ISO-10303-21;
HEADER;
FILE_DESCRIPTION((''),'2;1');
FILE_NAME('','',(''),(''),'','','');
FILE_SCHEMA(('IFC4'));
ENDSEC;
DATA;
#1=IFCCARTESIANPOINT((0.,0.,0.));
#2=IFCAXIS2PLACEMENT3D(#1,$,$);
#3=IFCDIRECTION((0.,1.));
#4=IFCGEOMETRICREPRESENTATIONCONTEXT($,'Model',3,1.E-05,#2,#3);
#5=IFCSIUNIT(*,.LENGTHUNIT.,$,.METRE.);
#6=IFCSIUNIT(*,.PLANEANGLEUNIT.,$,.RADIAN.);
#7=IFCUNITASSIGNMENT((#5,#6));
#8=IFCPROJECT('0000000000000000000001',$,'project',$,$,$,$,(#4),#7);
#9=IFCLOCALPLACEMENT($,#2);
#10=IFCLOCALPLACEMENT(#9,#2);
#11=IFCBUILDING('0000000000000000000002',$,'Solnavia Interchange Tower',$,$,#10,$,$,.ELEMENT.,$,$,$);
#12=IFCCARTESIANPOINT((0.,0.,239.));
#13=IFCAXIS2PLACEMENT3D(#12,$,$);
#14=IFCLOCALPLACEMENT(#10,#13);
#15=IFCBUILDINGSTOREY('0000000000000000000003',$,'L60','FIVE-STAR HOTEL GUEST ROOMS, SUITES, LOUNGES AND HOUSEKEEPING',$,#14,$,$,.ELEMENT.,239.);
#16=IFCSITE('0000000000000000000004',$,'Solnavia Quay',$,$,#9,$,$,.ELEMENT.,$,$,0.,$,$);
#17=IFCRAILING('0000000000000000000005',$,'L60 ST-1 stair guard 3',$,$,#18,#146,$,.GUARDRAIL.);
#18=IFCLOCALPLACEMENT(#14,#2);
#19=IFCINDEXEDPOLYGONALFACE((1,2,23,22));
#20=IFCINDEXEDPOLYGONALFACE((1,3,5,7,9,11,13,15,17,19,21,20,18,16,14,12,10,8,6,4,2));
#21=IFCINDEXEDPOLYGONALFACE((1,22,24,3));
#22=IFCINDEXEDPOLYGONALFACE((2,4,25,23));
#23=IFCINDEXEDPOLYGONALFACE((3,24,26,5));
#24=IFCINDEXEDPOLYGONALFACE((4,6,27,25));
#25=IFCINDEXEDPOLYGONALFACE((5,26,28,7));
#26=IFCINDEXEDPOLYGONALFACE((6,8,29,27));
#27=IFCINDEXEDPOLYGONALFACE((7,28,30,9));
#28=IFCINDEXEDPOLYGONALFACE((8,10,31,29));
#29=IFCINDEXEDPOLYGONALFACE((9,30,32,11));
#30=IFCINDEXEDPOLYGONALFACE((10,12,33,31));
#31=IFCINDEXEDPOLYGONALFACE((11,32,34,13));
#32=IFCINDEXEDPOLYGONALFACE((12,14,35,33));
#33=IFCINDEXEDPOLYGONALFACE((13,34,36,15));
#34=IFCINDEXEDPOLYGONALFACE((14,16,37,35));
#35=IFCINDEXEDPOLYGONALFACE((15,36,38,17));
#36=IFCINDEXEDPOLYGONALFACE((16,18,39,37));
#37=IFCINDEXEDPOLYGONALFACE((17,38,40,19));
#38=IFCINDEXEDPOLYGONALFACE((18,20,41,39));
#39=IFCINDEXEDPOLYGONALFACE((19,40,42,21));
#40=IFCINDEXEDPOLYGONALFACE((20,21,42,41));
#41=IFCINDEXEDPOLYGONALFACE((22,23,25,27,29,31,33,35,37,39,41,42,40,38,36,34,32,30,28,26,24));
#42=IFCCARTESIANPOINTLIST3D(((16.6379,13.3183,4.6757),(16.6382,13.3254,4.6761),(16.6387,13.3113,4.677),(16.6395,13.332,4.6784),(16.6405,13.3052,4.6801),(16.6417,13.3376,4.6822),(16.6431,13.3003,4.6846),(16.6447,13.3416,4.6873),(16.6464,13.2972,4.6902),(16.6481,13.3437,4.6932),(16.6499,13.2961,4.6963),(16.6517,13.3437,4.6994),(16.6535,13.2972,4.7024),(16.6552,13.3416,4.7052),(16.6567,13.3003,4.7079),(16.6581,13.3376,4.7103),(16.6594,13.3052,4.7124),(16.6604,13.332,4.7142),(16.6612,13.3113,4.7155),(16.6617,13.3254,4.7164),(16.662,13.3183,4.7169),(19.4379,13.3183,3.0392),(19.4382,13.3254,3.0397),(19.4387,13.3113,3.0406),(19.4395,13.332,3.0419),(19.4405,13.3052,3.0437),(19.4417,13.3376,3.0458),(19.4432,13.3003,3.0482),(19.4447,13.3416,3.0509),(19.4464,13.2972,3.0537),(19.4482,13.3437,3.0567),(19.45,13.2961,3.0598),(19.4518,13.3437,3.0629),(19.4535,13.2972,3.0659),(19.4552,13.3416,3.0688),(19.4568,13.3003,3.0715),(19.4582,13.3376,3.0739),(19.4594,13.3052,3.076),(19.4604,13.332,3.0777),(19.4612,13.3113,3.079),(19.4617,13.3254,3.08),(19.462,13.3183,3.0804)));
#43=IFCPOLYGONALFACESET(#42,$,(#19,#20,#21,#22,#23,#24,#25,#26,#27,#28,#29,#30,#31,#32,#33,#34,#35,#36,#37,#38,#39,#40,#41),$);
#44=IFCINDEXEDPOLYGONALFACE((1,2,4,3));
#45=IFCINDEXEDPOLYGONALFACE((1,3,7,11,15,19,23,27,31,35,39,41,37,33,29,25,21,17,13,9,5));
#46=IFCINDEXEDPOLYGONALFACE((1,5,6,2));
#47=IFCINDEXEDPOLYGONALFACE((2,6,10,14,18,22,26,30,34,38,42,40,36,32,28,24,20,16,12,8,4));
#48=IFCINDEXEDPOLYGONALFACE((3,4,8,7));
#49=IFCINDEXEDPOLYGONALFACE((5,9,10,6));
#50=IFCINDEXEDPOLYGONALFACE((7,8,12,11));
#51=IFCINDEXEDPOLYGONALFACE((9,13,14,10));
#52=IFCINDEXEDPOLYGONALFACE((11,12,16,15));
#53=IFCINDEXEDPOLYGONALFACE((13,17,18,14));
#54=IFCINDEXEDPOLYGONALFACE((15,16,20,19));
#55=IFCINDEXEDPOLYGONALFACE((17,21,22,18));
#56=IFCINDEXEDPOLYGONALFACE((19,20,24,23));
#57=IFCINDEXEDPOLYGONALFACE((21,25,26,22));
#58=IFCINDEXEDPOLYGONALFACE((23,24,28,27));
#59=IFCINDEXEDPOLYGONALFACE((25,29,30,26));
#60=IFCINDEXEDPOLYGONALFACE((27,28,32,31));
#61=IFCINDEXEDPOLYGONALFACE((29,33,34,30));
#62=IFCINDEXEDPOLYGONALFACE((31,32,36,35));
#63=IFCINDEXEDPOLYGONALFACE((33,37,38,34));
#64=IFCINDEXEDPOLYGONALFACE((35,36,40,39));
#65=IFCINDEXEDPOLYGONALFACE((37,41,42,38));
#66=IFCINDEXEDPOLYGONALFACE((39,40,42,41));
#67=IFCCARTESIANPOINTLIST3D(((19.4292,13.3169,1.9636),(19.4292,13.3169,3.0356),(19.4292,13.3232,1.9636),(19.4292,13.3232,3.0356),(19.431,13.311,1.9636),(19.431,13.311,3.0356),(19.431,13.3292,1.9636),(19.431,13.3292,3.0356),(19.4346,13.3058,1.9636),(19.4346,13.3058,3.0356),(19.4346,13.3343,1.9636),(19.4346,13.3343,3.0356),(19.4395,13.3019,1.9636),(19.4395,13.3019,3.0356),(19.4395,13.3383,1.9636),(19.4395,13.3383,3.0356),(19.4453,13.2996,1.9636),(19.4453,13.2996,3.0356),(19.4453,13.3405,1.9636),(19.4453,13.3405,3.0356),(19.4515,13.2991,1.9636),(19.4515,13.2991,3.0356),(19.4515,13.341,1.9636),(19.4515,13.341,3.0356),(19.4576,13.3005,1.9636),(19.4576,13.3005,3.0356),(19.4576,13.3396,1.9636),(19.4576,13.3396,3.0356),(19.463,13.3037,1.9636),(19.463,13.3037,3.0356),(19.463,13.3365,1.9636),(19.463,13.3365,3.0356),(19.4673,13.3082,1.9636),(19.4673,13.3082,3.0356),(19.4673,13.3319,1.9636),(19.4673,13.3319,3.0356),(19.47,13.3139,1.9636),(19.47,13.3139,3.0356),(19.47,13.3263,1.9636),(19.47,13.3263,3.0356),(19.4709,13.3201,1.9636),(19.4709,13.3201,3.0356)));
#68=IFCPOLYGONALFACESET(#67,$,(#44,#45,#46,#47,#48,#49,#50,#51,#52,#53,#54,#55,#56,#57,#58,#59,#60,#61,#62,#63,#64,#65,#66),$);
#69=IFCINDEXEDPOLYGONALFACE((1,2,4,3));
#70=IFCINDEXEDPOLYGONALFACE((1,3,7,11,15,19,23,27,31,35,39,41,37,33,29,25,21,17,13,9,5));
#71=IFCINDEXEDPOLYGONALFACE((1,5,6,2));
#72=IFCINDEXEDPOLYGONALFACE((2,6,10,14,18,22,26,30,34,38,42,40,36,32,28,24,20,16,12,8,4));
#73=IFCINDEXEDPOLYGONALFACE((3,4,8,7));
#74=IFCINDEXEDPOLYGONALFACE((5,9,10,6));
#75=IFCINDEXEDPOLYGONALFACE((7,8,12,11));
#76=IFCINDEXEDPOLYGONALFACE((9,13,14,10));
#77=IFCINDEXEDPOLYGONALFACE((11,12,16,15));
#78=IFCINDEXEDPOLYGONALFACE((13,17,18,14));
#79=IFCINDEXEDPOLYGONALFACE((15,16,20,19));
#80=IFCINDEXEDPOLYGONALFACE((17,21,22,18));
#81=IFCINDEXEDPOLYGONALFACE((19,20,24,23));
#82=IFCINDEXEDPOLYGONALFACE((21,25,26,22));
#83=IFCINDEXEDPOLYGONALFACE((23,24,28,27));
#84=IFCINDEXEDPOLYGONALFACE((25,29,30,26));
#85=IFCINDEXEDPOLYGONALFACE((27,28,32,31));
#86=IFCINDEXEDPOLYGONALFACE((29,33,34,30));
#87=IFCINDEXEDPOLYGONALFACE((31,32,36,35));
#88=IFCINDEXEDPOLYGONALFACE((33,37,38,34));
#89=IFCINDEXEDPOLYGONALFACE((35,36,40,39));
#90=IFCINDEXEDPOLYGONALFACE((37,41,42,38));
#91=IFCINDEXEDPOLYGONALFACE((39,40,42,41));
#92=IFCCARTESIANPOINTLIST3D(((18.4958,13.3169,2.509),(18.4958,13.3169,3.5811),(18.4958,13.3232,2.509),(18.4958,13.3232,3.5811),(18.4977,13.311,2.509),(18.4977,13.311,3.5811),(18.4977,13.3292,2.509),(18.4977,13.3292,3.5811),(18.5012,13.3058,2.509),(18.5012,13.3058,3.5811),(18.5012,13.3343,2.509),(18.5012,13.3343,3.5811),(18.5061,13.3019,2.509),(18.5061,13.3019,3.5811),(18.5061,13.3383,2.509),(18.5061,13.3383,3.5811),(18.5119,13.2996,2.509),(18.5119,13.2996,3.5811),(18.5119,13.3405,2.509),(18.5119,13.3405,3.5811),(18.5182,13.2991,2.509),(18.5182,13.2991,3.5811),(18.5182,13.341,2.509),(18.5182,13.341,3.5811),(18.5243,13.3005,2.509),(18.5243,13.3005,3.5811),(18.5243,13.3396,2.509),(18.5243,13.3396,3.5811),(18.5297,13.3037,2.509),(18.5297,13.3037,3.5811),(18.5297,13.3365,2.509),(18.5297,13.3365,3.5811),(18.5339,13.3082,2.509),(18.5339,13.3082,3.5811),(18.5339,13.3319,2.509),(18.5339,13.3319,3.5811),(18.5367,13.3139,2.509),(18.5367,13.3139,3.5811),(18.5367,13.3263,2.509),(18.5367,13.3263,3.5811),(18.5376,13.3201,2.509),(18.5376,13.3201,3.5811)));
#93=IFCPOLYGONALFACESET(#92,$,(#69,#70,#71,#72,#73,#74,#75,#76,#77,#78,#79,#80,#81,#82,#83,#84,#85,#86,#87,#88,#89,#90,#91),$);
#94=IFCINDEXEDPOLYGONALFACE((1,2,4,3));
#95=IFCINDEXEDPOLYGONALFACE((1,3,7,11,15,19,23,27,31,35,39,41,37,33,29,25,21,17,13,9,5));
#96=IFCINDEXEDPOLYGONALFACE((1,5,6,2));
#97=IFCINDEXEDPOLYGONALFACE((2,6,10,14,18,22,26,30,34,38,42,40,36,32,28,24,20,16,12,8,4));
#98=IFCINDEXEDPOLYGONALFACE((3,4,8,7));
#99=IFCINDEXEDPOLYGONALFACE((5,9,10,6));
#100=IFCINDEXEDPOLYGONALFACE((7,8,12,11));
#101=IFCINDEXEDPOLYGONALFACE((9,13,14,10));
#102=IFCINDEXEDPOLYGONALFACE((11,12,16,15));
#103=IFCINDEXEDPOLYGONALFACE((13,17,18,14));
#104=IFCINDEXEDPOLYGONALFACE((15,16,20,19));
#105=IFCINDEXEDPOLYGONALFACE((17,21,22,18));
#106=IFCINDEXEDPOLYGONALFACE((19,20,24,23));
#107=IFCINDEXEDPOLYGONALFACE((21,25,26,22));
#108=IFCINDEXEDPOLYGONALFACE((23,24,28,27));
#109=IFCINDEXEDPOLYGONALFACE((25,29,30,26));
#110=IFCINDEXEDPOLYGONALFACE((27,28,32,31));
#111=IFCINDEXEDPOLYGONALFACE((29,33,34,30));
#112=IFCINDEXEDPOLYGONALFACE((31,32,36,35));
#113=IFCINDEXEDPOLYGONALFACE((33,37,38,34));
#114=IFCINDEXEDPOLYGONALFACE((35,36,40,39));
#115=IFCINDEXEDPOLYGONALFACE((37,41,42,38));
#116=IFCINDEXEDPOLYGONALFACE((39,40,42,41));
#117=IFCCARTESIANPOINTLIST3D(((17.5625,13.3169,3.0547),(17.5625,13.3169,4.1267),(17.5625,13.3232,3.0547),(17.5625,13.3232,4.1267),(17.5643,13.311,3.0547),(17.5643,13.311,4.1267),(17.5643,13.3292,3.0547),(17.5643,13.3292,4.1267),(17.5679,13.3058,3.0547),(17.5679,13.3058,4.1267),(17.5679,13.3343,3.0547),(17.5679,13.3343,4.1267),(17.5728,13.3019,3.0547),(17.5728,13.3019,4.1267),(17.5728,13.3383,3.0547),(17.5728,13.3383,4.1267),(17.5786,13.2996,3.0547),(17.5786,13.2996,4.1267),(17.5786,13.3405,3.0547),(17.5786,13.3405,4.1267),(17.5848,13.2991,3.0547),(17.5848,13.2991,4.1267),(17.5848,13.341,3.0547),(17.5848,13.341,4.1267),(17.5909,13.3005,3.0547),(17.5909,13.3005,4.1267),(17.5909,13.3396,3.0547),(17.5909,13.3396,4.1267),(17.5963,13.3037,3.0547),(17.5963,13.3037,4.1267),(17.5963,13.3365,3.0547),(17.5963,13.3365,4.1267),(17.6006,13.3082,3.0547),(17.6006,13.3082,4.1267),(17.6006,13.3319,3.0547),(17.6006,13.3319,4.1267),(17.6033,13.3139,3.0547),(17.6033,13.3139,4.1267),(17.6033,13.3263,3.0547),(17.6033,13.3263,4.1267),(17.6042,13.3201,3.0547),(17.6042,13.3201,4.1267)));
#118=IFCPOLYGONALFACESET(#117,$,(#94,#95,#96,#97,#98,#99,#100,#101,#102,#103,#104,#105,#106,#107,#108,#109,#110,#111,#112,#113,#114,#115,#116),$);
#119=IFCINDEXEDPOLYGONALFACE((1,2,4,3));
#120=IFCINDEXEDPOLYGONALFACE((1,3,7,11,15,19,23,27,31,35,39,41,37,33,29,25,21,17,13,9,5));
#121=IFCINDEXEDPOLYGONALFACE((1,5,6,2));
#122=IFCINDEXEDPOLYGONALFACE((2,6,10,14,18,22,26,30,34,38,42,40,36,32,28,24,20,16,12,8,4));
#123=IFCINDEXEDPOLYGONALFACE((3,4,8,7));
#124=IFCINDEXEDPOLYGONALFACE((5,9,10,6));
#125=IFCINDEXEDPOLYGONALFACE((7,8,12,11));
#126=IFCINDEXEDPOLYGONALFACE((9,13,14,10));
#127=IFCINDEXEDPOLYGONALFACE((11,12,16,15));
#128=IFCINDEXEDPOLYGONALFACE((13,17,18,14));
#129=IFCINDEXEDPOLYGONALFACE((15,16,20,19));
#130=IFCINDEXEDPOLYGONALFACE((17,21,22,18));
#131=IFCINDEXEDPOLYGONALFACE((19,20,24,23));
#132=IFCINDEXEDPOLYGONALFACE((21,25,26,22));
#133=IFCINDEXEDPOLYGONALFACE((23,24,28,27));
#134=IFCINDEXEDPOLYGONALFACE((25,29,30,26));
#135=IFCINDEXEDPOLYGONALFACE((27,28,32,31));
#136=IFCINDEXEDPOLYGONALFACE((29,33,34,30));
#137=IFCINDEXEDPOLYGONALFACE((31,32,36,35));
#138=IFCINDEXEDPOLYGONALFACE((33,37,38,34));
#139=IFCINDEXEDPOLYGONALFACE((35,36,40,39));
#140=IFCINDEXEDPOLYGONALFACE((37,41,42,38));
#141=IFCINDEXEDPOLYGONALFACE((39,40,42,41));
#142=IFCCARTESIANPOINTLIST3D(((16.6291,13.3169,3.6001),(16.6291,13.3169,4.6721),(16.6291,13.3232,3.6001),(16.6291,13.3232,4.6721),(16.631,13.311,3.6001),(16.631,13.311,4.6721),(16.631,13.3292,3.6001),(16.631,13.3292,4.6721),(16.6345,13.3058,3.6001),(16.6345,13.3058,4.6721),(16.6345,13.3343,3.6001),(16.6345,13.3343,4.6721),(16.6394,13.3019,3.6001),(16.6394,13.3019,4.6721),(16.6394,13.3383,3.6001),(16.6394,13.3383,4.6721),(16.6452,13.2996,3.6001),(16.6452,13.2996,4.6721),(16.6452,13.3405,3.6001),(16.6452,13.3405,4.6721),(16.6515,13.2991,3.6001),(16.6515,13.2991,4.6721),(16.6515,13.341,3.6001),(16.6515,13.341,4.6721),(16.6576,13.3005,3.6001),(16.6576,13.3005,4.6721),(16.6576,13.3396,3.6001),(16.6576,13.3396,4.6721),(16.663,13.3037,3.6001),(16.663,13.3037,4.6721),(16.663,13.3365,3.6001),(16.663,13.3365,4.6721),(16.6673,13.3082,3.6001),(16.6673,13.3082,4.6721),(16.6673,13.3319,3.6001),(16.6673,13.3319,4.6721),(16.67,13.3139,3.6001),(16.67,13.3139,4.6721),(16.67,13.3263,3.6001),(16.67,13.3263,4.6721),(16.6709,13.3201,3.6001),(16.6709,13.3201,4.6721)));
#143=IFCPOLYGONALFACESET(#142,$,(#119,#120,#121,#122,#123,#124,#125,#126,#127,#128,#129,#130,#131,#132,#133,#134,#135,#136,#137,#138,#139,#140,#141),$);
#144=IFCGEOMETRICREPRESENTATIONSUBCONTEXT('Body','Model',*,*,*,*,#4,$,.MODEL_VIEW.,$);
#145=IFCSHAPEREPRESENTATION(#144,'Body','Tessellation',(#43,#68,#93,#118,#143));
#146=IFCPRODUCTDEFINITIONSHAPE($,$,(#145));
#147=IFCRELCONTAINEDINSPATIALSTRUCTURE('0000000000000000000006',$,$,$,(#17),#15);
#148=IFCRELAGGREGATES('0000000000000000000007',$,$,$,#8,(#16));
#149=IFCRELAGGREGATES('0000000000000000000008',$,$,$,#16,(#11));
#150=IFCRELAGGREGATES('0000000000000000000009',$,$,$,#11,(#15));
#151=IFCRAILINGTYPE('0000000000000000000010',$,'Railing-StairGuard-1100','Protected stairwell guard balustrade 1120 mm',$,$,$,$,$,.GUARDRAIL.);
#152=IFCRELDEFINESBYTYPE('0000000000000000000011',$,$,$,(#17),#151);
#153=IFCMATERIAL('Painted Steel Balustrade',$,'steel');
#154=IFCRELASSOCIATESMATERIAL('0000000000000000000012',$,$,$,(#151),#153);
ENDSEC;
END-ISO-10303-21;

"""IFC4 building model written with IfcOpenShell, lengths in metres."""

from ifc_helpers import new_model, si_unit, direction, frame, origin, origin_2d, place, context, subcontext, project, spatial, circle, extrude, material, type_object, element, save


model = new_model("IFC4")

# Units and contexts
model_context = context("Model", 3, precision=1e-05, world=origin(), true_north=direction((0.0, 1.0)))
body_context = subcontext(model_context, "Body", "Model", "MODEL_VIEW")
ifc_project = project(units=[si_unit("LENGTHUNIT", "METRE"), si_unit("PLANEANGLEUNIT", "RADIAN")], contexts=[model_context])

# Site, building, storey
site_placement = place(None, origin())
site = spatial("IfcSite", under=ifc_project, at=site_placement, Name="Solnavia Quay", CompositionType="ELEMENT", RefElevation=0.0)
building_placement = place(site_placement, origin())
building = spatial("IfcBuilding", under=site, at=building_placement, Name="Solnavia Interchange Tower", CompositionType="ELEMENT")
storey_placement = place(building_placement, frame((0.0, 0.0, 239.0)))
storey = spatial("IfcBuildingStorey", under=building, at=storey_placement, Name="L60", Description="FIVE-STAR HOTEL GUEST ROOMS, SUITES, LOUNGES AND HOUSEKEEPING", CompositionType="ELEMENT", Elevation=239.0)

# Railing
ifc_material_1 = material(Name="Painted Steel Balustrade", Category="steel")
railing_type_1 = type_object("IfcRailingType", Name="Railing-StairGuard-1100", Description="Protected stairwell guard balustrade 1120 mm", PredefinedType="GUARDRAIL", material=ifc_material_1)
railing_1_placement = place(storey_placement, frame((19.45, 13.3201, 1.9636)))
element("IfcRailing", 1, at=railing_1_placement, inside=storey, type_object=railing_type_1, Name="L60 ST-1 stair guard 3", PredefinedType="GUARDRAIL", context=body_context, shape_type="SweptSolid", body=[
    extrude(circle(Radius=0.0239, at=origin_2d()), frame((0.0, 0.0, 1.0962), z_axis=(-0.863361, 0.0, 0.504587), x_axis=(0.0, -1.0, 0.0)), (0.0, 0.0, 1.0), 3.2432),
    extrude(circle(Radius=0.021, at=origin_2d()), origin(), (0.0, 0.0, 1.0), 1.072),
    extrude(circle(Radius=0.021, at=origin_2d()), frame((-0.9333, 0.0, 0.5454)), (0.0, 0.0, 1.0), 1.072),
    extrude(circle(Radius=0.021, at=origin_2d()), frame((-1.8667, 0.0, 1.0911)), (0.0, 0.0, 1.0), 1.072),
    extrude(circle(Radius=0.021, at=origin_2d()), frame((-2.8, 0.0, 1.6365)), (0.0, 0.0, 1.0), 1.072),
])

save(model, "model.ifc")
